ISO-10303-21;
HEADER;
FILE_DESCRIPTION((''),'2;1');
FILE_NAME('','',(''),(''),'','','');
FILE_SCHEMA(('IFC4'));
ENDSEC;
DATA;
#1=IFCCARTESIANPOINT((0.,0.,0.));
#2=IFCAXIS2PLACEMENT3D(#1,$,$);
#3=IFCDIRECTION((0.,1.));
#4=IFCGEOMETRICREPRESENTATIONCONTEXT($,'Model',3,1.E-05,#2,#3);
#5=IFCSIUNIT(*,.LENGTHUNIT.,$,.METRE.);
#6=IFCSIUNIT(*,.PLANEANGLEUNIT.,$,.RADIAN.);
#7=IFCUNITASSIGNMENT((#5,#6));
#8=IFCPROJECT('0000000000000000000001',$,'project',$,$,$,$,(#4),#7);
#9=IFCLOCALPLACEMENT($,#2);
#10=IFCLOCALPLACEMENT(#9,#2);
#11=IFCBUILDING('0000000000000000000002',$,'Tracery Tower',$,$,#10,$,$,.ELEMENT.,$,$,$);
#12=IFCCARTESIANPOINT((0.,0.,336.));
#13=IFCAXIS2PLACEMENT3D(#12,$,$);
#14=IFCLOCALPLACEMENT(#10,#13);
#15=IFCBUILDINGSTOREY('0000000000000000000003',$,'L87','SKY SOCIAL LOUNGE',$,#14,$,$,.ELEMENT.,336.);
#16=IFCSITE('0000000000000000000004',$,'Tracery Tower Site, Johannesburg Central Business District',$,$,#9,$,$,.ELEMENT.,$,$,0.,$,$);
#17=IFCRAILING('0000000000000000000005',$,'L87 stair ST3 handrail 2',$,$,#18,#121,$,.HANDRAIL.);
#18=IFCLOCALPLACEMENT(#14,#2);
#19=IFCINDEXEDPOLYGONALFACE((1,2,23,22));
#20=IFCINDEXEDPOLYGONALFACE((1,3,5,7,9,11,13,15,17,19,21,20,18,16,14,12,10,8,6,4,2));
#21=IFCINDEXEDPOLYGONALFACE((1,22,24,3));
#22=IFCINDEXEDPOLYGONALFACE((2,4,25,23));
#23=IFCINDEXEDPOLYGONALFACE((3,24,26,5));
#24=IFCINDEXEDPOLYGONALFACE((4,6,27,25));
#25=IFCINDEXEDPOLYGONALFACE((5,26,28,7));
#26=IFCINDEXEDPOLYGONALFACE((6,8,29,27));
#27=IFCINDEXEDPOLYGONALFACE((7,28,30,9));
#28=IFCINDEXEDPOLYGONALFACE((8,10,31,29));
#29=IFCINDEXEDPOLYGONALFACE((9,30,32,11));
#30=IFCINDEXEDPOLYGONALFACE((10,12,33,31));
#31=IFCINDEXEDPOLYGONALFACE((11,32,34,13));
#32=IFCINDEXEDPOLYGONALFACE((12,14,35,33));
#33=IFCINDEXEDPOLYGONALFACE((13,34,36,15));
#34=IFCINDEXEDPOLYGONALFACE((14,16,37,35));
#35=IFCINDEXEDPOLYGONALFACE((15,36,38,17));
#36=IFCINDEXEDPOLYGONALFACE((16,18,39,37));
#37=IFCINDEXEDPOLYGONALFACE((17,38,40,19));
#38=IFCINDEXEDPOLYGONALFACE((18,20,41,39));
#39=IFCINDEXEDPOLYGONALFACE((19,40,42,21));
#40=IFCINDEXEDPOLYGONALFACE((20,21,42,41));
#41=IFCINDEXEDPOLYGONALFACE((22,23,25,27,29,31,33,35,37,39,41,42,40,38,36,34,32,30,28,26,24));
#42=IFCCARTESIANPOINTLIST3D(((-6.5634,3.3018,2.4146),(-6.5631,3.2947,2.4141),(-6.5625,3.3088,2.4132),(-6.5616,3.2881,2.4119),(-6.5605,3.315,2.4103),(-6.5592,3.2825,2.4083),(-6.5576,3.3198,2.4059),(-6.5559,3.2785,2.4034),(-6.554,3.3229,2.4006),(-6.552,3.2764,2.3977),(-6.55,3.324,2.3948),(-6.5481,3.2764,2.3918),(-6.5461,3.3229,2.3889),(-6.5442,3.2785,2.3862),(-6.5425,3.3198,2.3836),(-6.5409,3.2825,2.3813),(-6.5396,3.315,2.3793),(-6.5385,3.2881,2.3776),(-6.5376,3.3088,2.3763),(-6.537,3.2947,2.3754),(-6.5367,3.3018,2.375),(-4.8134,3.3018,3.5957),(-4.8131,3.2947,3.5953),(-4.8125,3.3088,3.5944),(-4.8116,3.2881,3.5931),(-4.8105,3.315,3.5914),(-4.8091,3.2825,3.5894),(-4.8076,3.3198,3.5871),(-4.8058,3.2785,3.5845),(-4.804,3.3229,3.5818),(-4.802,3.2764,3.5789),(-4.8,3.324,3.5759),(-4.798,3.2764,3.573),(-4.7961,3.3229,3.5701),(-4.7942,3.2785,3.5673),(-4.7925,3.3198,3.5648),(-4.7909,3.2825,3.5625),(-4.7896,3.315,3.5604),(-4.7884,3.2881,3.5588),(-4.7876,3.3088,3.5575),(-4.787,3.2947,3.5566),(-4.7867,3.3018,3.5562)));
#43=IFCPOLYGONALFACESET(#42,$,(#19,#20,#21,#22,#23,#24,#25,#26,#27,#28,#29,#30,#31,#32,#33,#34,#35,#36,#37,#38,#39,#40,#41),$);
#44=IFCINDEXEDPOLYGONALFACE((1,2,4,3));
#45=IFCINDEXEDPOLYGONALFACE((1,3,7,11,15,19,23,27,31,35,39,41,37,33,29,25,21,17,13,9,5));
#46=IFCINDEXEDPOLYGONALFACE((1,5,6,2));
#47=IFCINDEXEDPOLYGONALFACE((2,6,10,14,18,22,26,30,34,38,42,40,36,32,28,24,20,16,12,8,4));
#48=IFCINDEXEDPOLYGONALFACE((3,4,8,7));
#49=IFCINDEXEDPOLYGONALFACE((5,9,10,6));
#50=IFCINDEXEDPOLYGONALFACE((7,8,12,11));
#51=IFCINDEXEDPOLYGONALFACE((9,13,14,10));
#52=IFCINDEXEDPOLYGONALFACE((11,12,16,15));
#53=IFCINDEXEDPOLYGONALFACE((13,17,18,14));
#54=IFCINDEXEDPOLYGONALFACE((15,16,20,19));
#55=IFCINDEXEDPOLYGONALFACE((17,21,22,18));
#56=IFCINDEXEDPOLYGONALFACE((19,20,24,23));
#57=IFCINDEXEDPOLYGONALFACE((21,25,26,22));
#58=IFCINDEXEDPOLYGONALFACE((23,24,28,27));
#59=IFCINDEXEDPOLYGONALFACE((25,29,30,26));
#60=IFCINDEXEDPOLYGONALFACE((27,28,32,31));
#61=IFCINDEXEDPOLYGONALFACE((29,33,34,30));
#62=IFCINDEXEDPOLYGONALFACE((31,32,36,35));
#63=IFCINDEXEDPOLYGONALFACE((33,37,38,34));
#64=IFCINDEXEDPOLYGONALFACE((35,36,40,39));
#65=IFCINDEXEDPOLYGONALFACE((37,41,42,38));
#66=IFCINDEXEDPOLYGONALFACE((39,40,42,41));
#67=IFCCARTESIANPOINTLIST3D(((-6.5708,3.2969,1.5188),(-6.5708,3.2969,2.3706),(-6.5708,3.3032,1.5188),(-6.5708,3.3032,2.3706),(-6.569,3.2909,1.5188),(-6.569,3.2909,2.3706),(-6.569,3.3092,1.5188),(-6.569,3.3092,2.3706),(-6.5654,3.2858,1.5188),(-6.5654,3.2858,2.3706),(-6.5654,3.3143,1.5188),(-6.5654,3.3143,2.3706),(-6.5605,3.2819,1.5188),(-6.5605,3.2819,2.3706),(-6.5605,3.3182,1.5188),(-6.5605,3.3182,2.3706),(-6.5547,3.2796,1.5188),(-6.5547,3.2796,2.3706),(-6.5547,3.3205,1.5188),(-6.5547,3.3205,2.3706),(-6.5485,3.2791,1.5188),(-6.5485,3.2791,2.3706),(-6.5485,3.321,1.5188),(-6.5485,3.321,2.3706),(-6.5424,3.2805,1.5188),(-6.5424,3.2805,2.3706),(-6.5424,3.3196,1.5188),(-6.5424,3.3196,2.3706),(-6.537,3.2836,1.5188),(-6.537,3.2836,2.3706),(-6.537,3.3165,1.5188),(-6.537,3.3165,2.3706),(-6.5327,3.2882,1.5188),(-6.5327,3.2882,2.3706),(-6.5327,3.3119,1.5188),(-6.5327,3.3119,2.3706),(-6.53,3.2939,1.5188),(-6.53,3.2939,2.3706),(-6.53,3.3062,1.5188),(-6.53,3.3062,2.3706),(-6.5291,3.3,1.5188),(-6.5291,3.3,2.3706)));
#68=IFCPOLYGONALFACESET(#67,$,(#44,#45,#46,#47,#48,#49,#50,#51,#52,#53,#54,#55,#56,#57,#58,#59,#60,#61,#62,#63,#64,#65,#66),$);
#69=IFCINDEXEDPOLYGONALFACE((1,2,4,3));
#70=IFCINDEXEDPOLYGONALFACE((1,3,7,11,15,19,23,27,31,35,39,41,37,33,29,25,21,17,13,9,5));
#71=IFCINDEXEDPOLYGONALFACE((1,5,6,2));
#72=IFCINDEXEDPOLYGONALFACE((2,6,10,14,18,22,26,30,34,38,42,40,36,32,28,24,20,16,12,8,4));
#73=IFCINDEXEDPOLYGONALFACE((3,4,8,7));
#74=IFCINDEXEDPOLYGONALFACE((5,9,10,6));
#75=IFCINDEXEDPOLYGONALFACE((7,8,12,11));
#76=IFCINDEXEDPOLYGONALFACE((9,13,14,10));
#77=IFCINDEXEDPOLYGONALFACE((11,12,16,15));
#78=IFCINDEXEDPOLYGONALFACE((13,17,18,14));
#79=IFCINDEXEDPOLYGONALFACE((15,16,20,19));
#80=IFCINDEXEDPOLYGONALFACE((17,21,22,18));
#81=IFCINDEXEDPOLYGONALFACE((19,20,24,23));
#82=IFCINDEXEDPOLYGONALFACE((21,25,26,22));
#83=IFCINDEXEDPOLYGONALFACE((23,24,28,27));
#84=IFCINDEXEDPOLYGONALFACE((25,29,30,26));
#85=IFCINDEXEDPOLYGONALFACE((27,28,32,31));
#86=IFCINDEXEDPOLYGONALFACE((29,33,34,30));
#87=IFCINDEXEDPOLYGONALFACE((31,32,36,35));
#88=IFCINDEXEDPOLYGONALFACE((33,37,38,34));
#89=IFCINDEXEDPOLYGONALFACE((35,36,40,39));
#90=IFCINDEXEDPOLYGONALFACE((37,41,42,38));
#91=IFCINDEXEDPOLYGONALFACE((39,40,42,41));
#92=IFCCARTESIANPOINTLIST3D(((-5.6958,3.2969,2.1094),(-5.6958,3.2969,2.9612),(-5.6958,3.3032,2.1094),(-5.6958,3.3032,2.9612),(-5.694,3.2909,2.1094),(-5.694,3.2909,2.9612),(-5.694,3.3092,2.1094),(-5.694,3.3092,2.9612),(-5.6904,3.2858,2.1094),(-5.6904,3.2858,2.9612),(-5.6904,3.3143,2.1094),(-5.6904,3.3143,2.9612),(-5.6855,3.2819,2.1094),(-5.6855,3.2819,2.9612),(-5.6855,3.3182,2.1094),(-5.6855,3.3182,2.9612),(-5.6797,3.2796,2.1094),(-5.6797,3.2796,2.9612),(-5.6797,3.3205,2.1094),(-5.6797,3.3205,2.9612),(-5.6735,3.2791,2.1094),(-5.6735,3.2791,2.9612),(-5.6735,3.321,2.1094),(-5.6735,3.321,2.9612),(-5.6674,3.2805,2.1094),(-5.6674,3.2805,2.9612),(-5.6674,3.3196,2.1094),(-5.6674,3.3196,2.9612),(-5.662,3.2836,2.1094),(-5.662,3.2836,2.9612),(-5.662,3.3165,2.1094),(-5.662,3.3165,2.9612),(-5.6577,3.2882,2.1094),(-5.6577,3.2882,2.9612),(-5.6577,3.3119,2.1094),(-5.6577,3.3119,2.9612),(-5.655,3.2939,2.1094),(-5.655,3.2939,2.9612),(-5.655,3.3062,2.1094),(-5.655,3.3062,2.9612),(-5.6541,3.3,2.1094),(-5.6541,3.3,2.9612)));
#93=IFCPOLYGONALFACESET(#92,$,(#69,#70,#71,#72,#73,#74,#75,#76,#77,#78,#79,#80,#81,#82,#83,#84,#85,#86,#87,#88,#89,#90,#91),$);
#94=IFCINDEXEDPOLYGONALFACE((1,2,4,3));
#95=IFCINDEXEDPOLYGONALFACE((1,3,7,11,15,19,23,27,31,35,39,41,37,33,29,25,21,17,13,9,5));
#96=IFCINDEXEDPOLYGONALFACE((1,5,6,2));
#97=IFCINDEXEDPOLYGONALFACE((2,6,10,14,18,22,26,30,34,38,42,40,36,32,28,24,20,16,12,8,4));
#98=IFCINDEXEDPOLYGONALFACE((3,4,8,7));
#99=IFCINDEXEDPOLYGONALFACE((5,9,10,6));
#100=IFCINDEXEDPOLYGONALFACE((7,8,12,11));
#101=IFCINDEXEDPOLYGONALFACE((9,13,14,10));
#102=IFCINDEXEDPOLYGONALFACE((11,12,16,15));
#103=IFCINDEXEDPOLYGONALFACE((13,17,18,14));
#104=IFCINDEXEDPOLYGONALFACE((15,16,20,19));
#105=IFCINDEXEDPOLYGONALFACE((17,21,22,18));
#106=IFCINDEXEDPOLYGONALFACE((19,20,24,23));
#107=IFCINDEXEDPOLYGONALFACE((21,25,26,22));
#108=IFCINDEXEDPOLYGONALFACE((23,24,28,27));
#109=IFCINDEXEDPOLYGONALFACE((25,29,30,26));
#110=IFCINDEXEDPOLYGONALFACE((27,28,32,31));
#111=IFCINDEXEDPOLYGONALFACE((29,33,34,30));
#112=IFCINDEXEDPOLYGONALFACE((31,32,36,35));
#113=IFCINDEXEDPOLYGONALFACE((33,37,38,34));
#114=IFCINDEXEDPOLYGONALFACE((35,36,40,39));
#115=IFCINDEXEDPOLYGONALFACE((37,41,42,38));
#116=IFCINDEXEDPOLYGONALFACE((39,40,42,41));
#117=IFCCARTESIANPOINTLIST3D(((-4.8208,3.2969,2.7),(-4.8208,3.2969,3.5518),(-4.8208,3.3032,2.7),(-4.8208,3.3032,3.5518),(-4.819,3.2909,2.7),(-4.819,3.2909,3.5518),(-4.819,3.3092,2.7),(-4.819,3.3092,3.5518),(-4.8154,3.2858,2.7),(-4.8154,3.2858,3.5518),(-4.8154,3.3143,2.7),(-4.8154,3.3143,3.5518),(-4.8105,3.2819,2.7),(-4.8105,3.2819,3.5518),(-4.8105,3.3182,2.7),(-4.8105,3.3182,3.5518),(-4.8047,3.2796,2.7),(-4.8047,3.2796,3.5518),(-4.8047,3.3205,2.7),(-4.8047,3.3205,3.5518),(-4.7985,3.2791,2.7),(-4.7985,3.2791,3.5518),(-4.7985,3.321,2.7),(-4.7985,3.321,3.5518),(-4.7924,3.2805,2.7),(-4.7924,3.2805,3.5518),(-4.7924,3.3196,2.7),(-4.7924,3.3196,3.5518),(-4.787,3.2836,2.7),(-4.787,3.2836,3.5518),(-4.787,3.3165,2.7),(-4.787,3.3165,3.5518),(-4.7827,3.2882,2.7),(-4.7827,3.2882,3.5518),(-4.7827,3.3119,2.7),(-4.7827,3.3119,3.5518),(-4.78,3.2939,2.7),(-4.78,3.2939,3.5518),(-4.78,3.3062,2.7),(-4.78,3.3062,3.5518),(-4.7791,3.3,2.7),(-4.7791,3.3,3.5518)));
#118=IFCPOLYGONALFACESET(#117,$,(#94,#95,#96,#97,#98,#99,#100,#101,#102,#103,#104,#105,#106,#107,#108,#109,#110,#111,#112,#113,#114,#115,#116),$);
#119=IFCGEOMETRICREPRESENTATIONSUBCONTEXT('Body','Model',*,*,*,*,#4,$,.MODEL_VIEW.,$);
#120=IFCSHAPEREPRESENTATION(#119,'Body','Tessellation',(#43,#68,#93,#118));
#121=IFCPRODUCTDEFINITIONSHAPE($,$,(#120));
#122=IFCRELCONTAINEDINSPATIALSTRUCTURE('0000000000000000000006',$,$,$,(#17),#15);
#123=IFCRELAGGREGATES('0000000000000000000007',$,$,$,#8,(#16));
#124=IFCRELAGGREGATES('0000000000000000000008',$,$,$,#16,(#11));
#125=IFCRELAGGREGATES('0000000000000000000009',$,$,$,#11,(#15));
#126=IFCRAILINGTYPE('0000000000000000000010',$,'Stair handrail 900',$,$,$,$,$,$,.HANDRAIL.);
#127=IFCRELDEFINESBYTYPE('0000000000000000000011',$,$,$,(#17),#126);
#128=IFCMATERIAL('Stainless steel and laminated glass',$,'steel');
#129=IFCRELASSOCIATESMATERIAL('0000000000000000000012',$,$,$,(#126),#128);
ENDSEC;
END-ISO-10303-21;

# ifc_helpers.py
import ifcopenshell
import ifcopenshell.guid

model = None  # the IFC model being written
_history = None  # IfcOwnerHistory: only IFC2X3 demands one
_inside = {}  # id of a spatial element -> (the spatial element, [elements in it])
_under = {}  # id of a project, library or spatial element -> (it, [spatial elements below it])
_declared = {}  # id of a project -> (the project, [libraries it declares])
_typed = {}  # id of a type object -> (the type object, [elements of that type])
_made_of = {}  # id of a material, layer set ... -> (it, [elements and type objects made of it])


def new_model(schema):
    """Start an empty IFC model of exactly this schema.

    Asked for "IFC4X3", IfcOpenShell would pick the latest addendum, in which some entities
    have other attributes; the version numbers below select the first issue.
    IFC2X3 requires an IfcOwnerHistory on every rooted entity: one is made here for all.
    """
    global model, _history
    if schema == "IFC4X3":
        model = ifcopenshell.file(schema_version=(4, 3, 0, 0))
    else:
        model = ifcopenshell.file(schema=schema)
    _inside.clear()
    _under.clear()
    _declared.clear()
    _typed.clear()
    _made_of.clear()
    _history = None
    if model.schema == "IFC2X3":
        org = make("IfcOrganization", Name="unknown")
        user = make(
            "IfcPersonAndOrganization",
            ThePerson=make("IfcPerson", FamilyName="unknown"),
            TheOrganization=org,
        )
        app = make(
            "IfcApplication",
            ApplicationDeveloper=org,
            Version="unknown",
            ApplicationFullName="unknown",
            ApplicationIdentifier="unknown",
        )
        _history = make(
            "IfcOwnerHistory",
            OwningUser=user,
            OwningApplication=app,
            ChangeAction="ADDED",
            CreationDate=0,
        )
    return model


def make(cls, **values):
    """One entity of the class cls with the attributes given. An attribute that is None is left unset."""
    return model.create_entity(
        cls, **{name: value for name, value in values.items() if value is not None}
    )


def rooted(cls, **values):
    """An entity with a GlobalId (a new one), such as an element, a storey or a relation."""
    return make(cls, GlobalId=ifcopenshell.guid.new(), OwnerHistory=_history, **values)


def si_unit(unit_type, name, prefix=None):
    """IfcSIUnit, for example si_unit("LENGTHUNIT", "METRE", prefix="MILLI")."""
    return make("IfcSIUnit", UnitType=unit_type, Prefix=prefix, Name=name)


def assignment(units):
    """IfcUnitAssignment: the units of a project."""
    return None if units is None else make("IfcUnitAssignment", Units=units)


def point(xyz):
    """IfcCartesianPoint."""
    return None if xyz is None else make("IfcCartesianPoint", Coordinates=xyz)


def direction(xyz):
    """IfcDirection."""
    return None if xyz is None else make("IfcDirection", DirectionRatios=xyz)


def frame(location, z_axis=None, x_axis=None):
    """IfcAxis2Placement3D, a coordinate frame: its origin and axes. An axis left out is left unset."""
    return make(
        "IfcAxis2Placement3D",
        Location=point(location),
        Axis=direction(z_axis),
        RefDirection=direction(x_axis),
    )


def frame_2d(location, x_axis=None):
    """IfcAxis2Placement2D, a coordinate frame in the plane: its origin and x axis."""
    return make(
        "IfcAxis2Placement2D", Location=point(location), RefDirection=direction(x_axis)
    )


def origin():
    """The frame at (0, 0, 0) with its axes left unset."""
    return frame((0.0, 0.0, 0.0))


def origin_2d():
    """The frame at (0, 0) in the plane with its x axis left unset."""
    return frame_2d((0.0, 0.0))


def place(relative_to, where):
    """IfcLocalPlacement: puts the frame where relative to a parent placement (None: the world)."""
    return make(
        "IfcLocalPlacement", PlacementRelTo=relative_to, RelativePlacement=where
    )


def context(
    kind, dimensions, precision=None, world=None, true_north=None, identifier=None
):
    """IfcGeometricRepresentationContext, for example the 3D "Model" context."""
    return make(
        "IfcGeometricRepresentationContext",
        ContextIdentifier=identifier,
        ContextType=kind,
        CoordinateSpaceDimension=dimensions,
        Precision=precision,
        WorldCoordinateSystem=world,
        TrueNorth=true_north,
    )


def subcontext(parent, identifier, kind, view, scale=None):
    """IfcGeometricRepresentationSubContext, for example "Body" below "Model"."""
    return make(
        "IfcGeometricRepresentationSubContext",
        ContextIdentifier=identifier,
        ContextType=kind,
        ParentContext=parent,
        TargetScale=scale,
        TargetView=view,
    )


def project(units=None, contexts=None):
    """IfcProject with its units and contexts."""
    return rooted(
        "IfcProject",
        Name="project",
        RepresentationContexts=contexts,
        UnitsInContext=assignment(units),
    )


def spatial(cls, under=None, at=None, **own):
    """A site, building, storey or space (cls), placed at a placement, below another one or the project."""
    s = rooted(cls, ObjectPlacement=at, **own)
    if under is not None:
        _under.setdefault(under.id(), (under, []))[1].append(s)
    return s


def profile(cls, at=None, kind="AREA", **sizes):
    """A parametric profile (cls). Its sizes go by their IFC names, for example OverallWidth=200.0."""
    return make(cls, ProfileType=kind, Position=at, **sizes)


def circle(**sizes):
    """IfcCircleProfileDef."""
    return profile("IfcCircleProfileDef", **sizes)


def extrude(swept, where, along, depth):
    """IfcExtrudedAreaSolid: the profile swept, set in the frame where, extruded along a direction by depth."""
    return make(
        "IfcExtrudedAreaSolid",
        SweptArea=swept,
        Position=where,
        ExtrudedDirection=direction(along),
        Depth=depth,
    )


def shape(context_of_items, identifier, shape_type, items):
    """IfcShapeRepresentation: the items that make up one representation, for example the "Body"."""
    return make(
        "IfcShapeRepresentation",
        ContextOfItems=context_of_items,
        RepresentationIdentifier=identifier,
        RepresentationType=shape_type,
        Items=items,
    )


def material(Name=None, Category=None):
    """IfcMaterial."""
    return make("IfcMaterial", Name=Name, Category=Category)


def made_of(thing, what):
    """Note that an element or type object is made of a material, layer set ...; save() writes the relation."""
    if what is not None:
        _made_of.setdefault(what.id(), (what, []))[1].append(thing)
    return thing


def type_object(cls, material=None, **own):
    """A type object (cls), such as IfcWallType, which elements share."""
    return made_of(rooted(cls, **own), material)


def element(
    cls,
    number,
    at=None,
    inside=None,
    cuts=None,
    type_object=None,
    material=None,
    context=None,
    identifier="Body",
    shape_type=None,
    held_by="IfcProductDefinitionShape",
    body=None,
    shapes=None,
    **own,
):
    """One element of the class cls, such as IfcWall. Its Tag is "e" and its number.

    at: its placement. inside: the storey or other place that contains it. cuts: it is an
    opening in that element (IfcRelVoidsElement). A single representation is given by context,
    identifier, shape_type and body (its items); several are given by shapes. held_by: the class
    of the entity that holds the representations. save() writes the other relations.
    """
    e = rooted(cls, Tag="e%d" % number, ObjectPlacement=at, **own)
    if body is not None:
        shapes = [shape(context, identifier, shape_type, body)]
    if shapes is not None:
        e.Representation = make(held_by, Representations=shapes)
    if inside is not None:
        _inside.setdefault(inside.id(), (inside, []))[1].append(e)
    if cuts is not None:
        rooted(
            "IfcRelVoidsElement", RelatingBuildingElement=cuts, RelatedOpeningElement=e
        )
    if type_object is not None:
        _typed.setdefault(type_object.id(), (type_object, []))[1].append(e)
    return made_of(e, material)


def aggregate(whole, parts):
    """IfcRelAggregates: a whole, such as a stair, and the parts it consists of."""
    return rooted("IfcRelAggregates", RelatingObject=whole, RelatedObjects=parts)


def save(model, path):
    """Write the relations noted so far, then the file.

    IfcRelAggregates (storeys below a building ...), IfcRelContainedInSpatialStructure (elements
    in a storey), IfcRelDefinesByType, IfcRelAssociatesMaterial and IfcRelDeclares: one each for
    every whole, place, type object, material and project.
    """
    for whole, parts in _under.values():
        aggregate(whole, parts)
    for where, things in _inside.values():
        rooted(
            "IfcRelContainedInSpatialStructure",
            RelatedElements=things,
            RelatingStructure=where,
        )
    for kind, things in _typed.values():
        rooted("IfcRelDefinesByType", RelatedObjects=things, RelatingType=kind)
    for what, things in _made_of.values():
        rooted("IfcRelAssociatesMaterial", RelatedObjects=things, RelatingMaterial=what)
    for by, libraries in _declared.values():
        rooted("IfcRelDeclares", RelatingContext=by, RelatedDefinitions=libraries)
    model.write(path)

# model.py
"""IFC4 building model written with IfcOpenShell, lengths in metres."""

from ifc_helpers import new_model, si_unit, direction, frame, origin, origin_2d, place, context, subcontext, project, spatial, circle, extrude, material, type_object, element, save


model = new_model("IFC4")

# Units and contexts
model_context = context("Model", 3, precision=1e-05, world=origin(), true_north=direction((0.0, 1.0)))
body_context = subcontext(model_context, "Body", "Model", "MODEL_VIEW")
ifc_project = project(units=[si_unit("LENGTHUNIT", "METRE"), si_unit("PLANEANGLEUNIT", "RADIAN")], contexts=[model_context])

# Site, building, storey
site_placement = place(None, origin())
site = spatial("IfcSite", under=ifc_project, at=site_placement, Name="Tracery Tower Site, Johannesburg Central Business District", CompositionType="ELEMENT", RefElevation=0.0)
building_placement = place(site_placement, origin())
building = spatial("IfcBuilding", under=site, at=building_placement, Name="Tracery Tower", CompositionType="ELEMENT")
storey_placement = place(building_placement, frame((0.0, 0.0, 336.0)))
storey = spatial("IfcBuildingStorey", under=building, at=storey_placement, Name="L87", Description="SKY SOCIAL LOUNGE", CompositionType="ELEMENT", Elevation=336.0)

# Railing
ifc_material_1 = material(Name="Stainless steel and laminated glass", Category="steel")
railing_type_1 = type_object("IfcRailingType", Name="Stair handrail 900", PredefinedType="HANDRAIL", material=ifc_material_1)
railing_1_placement = place(storey_placement, frame((-6.55, 3.3, 1.5188)))
element("IfcRailing", 1, at=railing_1_placement, inside=storey, type_object=railing_type_1, Name="L87 stair ST3 handrail 2", PredefinedType="HANDRAIL", context=body_context, shape_type="SweptSolid", body=[
    extrude(circle(Radius=0.0239, at=origin_2d()), frame((0.0, 0.0, 0.876), z_axis=(0.82887, 0.0, 0.559441), x_axis=(0.0, 1.0, 0.0)), (0.0, 0.0, 1.0), 2.1113),
    extrude(circle(Radius=0.021, at=origin_2d()), origin(), (0.0, 0.0, 1.0), 0.8518),
    extrude(circle(Radius=0.021, at=origin_2d()), frame((0.875, 0.0, 0.5906)), (0.0, 0.0, 1.0), 0.8518),
    extrude(circle(Radius=0.021, at=origin_2d()), frame((1.75, 0.0, 1.1812)), (0.0, 0.0, 1.0), 0.8518),
])

save(model, "model.ifc")
